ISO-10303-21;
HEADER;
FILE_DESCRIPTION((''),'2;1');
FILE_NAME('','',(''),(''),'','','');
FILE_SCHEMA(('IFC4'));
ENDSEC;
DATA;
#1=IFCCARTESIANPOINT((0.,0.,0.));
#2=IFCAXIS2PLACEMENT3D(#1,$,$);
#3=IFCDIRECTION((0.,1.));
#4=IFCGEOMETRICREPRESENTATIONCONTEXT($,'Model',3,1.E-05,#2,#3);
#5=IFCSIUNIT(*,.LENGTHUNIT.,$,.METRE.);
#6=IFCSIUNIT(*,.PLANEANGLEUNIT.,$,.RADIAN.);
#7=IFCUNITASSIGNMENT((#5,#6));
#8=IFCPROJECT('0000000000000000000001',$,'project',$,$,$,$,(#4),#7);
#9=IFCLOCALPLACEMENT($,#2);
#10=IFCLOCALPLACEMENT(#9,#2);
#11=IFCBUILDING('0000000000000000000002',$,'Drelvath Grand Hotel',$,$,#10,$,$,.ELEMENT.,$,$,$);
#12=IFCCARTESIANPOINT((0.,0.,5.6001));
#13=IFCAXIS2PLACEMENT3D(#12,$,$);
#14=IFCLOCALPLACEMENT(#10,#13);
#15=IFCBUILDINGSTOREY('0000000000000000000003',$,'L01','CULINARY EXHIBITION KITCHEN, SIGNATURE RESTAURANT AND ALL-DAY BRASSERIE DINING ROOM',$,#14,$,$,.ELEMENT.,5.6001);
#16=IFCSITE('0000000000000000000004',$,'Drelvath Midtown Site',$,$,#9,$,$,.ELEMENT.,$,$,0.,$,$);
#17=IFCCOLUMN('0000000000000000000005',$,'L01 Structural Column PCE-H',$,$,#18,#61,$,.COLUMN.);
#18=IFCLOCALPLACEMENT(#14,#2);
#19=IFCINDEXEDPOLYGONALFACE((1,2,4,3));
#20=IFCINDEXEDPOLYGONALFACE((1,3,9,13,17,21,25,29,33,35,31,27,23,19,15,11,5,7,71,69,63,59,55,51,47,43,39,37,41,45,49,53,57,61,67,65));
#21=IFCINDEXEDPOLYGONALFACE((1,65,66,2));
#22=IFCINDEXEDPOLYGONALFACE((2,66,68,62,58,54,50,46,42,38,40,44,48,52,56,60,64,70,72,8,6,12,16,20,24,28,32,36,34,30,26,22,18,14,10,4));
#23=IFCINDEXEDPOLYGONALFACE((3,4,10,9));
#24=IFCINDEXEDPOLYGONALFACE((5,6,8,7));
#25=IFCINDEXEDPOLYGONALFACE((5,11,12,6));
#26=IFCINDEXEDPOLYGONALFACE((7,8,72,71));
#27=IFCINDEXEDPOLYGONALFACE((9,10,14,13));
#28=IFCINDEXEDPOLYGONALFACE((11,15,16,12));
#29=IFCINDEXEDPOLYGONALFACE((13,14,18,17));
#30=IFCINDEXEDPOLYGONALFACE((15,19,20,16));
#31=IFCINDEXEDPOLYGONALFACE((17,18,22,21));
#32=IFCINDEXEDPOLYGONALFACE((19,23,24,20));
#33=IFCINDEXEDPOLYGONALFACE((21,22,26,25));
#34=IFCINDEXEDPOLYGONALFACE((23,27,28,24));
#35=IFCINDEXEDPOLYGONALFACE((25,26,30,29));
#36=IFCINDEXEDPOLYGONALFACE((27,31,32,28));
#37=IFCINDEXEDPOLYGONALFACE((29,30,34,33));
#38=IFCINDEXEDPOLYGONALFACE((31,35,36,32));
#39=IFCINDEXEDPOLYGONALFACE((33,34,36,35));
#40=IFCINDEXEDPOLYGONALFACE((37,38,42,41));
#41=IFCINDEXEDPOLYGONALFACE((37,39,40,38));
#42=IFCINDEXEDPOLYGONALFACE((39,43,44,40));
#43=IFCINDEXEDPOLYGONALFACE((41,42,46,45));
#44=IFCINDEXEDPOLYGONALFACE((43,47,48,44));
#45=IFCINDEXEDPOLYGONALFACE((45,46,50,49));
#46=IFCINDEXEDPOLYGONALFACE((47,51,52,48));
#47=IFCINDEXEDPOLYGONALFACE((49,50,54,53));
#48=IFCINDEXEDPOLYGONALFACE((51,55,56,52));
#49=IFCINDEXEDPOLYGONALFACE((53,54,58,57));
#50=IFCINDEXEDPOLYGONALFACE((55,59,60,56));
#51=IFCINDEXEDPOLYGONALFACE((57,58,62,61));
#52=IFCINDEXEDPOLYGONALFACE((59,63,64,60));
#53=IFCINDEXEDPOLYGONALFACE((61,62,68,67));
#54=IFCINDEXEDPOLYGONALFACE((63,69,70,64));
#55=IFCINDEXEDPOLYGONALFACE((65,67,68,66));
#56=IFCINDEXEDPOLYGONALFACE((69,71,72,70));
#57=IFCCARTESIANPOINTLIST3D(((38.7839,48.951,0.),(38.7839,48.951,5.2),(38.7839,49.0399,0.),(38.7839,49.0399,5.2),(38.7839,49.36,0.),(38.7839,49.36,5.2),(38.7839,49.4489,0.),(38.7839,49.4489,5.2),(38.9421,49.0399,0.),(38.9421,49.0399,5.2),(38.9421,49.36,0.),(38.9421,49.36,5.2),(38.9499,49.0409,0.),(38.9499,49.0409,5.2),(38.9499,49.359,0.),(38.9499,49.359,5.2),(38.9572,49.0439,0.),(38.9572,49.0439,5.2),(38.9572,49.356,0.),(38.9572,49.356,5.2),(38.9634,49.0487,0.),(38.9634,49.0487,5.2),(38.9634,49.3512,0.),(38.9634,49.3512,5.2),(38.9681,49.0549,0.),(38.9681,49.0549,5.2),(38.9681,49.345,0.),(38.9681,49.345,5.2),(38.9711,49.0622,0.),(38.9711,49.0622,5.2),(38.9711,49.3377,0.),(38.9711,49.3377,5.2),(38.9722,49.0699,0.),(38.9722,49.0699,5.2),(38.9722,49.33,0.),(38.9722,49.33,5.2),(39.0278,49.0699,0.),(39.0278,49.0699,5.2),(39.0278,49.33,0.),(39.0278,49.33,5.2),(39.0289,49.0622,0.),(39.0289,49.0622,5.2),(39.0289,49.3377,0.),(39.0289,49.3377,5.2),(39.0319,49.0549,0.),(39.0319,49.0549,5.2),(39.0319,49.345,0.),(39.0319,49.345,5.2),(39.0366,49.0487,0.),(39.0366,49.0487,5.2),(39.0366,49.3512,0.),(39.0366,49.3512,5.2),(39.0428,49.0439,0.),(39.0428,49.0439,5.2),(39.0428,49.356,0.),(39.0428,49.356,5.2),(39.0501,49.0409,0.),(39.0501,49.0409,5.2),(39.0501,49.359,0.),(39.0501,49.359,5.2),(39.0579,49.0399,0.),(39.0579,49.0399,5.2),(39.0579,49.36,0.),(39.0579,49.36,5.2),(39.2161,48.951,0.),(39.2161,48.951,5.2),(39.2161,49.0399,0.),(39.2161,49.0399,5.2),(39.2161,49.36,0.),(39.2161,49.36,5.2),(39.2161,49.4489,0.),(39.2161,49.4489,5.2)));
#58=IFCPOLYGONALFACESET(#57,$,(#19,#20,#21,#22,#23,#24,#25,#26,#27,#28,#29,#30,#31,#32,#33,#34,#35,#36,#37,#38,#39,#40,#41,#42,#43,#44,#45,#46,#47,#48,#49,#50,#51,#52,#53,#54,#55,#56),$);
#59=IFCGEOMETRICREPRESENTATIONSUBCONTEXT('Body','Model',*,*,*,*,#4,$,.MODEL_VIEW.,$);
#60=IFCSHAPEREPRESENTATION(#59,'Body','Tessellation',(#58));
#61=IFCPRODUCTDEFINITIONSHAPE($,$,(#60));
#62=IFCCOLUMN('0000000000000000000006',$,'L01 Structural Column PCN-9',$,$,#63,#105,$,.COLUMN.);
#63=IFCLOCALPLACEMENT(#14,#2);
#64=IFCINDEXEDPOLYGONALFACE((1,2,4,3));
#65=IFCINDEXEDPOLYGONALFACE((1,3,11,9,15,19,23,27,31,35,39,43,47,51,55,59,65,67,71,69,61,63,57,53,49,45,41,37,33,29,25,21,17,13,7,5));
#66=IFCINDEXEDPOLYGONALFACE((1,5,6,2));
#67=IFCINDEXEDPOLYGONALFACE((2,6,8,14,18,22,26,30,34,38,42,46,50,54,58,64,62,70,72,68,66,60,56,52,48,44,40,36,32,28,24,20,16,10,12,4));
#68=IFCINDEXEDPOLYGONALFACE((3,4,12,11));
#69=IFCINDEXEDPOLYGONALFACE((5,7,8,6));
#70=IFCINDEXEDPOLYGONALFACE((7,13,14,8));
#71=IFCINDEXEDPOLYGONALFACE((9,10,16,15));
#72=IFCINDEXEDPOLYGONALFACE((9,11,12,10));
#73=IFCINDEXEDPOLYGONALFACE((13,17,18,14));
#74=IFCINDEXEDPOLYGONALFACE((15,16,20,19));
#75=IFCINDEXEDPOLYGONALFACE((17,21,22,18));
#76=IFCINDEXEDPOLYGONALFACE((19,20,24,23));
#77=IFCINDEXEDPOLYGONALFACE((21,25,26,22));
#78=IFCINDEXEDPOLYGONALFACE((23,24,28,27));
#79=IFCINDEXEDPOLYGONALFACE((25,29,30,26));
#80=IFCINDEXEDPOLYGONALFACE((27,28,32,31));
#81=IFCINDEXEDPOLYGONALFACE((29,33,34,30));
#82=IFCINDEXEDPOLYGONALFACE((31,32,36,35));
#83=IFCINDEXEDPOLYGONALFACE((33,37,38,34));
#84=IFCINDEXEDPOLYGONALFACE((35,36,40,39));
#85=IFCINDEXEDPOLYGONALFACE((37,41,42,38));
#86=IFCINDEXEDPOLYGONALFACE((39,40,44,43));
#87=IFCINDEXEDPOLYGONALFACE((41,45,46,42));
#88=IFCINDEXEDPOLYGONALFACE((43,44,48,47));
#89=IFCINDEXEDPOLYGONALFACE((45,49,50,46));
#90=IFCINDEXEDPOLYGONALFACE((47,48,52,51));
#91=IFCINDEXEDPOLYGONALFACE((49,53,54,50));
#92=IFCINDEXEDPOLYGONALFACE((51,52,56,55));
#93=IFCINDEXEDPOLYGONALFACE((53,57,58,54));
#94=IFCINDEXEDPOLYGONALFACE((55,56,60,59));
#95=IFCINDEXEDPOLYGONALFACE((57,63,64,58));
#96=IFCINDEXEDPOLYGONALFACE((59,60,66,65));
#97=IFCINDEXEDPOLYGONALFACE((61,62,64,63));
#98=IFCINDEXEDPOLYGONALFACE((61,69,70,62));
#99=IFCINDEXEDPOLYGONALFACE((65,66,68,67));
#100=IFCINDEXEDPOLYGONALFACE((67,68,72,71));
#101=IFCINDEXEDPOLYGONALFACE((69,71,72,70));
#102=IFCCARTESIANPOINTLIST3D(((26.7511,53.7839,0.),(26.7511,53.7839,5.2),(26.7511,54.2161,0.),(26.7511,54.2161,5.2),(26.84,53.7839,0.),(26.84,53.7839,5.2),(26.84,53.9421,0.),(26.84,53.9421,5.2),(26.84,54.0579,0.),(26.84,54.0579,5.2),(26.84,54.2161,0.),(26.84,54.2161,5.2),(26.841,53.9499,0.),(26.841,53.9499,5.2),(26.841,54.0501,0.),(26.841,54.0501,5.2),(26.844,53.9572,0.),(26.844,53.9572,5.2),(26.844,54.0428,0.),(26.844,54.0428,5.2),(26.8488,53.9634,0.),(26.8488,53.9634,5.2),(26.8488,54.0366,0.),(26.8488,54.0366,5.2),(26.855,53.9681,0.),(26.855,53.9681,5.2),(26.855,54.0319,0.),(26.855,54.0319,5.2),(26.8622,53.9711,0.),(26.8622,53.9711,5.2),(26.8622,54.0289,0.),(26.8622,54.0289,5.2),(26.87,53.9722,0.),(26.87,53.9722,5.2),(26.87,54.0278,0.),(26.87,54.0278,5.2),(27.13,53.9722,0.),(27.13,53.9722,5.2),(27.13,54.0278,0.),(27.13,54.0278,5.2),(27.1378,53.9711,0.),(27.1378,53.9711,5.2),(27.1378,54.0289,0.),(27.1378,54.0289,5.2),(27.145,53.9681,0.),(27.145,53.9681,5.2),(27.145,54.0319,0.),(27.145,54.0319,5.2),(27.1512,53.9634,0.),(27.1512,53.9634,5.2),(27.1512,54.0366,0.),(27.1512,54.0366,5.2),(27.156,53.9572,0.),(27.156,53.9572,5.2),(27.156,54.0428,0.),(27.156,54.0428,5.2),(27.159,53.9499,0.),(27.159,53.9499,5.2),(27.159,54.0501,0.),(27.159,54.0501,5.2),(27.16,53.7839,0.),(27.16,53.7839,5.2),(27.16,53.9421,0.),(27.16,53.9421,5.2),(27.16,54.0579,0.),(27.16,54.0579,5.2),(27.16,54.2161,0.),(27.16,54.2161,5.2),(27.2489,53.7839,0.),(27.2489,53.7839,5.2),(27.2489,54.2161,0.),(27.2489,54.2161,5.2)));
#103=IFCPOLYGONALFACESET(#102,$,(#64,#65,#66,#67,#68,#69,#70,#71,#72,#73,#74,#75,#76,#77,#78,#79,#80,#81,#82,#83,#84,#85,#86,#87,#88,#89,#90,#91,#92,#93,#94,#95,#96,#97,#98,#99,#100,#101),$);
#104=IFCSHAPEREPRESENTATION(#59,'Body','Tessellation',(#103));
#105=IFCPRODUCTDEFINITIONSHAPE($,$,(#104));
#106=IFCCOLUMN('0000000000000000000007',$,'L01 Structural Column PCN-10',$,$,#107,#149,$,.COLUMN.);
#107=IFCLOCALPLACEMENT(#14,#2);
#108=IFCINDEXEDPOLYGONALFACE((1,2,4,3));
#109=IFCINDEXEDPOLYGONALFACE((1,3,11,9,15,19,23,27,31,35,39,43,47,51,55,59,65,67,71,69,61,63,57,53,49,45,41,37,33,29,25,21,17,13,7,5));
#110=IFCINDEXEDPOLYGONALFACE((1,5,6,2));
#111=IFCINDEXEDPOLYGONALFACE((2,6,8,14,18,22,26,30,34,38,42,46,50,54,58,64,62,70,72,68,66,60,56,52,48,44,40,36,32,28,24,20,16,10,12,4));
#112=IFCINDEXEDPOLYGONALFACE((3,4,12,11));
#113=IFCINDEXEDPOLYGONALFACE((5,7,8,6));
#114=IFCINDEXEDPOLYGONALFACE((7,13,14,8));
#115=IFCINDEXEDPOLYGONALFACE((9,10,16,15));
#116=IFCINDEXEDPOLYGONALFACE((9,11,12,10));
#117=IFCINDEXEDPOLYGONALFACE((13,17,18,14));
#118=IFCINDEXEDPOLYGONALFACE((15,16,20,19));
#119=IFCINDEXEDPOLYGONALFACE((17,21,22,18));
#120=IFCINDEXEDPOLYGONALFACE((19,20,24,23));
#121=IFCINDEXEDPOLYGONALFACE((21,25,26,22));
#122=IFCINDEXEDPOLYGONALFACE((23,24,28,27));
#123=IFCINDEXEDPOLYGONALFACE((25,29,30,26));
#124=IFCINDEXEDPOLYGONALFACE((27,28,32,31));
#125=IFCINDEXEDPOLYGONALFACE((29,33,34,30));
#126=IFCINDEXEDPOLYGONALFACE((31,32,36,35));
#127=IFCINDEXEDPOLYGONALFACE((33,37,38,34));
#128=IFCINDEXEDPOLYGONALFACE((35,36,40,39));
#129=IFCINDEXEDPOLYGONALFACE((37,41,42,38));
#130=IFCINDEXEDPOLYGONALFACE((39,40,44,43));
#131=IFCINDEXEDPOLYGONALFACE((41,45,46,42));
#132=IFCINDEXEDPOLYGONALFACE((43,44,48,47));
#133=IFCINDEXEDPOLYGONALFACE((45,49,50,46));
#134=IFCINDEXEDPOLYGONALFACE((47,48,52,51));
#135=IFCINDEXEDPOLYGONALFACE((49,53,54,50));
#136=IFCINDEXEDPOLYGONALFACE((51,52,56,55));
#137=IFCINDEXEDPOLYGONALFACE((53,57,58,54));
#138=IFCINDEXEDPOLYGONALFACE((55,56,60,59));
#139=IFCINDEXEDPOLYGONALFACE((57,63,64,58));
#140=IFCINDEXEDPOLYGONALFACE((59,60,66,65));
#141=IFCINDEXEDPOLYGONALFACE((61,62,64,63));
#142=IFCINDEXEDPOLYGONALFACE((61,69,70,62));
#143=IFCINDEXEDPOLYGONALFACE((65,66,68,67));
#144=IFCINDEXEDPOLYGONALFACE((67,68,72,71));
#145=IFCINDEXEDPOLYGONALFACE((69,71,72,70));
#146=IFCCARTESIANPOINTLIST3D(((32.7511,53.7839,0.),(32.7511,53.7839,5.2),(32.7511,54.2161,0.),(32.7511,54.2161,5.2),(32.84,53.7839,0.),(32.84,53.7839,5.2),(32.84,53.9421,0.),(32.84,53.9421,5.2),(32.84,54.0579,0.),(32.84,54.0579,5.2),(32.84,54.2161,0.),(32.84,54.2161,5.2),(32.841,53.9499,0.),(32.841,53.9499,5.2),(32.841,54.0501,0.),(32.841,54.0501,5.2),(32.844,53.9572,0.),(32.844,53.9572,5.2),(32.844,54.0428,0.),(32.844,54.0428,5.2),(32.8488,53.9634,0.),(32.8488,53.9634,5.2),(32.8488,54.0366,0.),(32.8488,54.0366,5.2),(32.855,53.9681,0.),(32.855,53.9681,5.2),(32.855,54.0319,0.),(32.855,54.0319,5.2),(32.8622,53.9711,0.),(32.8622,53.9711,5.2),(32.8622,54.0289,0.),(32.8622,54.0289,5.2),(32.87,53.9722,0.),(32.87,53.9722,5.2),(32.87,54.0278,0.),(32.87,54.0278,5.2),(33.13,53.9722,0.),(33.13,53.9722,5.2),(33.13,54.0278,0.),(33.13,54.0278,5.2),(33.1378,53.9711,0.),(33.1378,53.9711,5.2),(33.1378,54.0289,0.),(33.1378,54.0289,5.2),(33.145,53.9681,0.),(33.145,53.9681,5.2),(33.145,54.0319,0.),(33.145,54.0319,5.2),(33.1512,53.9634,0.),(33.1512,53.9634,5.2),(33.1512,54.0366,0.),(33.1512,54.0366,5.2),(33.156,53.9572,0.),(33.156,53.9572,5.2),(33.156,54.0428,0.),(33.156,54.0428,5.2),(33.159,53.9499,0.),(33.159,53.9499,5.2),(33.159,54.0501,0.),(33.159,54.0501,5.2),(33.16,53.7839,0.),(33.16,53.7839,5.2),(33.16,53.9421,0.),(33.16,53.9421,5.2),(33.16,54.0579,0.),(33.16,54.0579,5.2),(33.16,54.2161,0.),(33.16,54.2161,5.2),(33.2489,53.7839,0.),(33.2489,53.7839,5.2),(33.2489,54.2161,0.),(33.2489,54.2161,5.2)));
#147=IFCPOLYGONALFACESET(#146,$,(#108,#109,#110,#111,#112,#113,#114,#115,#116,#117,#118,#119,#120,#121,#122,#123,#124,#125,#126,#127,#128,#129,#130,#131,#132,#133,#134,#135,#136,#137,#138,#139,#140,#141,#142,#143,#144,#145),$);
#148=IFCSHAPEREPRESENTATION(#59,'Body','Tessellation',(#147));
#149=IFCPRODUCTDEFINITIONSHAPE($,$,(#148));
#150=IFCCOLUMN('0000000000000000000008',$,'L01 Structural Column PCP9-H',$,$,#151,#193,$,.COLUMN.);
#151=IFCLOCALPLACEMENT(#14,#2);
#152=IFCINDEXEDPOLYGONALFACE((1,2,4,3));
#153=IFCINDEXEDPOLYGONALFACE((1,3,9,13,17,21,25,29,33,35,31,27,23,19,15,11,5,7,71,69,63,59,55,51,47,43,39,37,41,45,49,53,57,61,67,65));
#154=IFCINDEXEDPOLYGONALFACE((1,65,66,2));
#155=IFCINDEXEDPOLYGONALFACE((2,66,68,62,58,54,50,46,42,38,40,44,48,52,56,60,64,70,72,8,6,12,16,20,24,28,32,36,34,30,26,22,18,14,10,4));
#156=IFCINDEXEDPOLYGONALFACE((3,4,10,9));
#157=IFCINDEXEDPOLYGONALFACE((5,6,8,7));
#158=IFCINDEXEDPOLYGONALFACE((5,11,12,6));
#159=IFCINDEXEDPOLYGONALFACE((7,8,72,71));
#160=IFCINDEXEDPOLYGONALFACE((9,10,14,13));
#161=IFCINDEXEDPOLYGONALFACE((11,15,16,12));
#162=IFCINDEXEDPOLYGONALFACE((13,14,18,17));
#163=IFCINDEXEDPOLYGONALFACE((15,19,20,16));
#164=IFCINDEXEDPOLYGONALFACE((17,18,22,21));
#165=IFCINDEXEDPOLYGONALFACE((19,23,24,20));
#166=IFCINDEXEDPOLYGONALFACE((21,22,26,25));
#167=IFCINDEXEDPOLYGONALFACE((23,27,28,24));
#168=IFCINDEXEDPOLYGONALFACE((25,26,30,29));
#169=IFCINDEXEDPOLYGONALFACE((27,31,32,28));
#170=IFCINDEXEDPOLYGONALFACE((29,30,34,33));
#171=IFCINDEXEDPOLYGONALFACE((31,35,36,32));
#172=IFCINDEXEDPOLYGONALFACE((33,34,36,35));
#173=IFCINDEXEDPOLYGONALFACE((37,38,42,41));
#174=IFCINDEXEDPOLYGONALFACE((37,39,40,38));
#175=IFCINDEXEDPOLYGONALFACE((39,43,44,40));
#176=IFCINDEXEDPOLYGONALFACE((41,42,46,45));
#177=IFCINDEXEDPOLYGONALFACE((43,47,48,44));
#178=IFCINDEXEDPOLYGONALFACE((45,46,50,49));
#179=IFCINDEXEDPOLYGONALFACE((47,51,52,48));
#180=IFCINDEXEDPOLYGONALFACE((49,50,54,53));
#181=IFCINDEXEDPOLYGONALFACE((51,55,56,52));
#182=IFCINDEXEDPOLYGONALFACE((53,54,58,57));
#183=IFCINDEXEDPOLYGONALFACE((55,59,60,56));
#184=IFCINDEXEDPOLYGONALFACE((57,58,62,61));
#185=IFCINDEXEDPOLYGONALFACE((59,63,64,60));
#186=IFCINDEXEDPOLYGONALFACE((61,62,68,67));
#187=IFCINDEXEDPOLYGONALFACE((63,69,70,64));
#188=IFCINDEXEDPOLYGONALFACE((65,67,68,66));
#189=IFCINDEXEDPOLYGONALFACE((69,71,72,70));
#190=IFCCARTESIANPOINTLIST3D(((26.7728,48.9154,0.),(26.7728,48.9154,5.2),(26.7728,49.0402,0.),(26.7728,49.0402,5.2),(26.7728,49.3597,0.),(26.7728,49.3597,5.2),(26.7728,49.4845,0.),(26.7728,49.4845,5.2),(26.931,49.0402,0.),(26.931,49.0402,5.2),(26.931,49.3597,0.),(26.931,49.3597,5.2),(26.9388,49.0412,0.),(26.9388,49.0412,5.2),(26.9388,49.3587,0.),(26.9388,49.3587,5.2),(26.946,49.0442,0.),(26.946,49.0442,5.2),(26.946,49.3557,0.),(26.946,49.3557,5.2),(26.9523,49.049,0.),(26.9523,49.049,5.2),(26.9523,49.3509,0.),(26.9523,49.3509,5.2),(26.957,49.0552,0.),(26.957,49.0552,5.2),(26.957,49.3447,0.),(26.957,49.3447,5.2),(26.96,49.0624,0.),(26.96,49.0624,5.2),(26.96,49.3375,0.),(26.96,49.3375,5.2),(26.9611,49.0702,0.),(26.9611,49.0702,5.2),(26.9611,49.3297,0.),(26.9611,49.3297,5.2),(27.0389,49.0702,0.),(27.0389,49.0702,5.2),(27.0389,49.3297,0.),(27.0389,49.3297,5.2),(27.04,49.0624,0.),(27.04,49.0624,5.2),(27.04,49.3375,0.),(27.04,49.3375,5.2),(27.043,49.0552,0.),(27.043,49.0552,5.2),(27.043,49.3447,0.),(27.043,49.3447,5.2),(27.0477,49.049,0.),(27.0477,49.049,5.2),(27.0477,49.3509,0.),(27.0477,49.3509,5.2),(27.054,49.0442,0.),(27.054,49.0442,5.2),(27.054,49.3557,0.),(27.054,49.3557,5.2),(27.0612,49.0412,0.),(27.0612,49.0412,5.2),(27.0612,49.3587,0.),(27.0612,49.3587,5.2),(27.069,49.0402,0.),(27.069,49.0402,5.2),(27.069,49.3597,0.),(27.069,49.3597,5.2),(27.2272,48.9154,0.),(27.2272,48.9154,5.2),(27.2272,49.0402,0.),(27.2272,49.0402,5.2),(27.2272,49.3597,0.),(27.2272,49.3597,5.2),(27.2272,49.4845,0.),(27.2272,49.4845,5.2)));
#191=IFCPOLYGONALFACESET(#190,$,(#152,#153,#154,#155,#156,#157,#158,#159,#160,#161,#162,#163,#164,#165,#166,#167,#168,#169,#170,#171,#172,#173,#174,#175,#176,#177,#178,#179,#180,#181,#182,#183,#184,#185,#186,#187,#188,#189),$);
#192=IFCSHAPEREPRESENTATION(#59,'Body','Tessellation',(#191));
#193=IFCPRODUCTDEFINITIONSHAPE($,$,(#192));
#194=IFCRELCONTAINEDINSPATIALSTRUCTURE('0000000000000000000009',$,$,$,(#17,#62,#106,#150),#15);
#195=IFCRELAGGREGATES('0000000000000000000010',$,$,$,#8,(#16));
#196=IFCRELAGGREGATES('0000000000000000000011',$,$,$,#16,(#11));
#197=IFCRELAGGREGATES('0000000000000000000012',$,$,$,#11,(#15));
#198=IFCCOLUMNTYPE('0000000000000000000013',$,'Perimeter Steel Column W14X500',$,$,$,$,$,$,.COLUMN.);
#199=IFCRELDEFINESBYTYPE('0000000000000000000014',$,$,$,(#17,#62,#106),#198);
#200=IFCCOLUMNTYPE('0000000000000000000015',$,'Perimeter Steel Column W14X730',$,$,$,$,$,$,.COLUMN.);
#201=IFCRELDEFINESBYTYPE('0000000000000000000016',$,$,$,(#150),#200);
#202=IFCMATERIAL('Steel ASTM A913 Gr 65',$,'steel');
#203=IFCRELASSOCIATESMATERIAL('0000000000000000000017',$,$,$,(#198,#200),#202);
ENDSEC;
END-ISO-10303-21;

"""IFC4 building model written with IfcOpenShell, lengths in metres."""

from ifc_helpers import new_model, si_unit, direction, frame, origin, origin_2d, place, context, subcontext, project, spatial, i_section, extrude, material, material_profile, profile_set, type_object, element, save


model = new_model("IFC4")

# Units and contexts
model_context = context("Model", 3, precision=1e-05, world=origin(), true_north=direction((0.0, 1.0)))
body_context = subcontext(model_context, "Body", "Model", "MODEL_VIEW")
ifc_project = project(units=[si_unit("LENGTHUNIT", "METRE"), si_unit("PLANEANGLEUNIT", "RADIAN")], contexts=[model_context])

# Site, building, storey
site_placement = place(None, origin())
site = spatial("IfcSite", under=ifc_project, at=site_placement, Name="Drelvath Midtown Site", CompositionType="ELEMENT", RefElevation=0.0)
building_placement = place(site_placement, origin())
building = spatial("IfcBuilding", under=site, at=building_placement, Name="Drelvath Grand Hotel", CompositionType="ELEMENT")
storey_placement = place(building_placement, frame((0.0, 0.0, 5.6001)))
storey = spatial("IfcBuildingStorey", under=building, at=storey_placement, Name="L01", Description="CULINARY EXHIBITION KITCHEN, SIGNATURE RESTAURANT AND ALL-DAY BRASSERIE DINING ROOM", CompositionType="ELEMENT", Elevation=5.6001)

# Columns
ifc_material_1 = material(Name="Steel ASTM A913 Gr 65", Category="steel")
ifc_material_profile_1 = material_profile(ifc_material_1, i_section(OverallWidth=0.4321, OverallDepth=0.4978, WebThickness=0.0557, FlangeThickness=0.0889, FilletRadius=0.03, at=origin_2d()), Name="W14X500")
ifc_profile_set_1 = profile_set([ifc_material_profile_1], Name="Steel ASTM A913 Gr 65")
column_type_1 = type_object("IfcColumnType", Name="Perimeter Steel Column W14X500", PredefinedType="COLUMN", material=ifc_profile_set_1)
for number, where, z_axis, x_axis, name in (
    (1, (39.0, 49.2, 0.0), (0.0, 0.0, 1.0), (1.0, 0.0, 0.0), "L01 Structural Column PCE-H"),
    (2, (27.0, 54.0, 0.0), (0.0, 0.0, 1.0), (0.0, 1.0, 0.0), "L01 Structural Column PCN-9"),
    (3, (33.0, 54.0, 0.0), (0.0, 0.0, 1.0), (0.0, 1.0, 0.0), "L01 Structural Column PCN-10"),
):
    element("IfcColumn", number, at=place(storey_placement, frame(where, z_axis=z_axis, x_axis=x_axis)), inside=storey, type_object=column_type_1, Name=name, PredefinedType="COLUMN", context=body_context, shape_type="SweptSolid", body=[
        extrude(i_section(OverallWidth=0.4321, OverallDepth=0.4978, WebThickness=0.0557, FlangeThickness=0.0889, FilletRadius=0.03, at=origin_2d()), origin(), (0.0, 0.0, 1.0), 5.2),
    ])
ifc_material_profile_2 = material_profile(ifc_material_1, i_section(OverallWidth=0.4543, OverallDepth=0.5691, WebThickness=0.0779, FlangeThickness=0.1248, FilletRadius=0.03, at=origin_2d()), Name="W14X730")
ifc_profile_set_2 = profile_set([ifc_material_profile_2], Name="Steel ASTM A913 Gr 65")
column_type_2 = type_object("IfcColumnType", Name="Perimeter Steel Column W14X730", PredefinedType="COLUMN", material=ifc_profile_set_2)
column_placement = place(storey_placement, frame((27.0, 49.2, 0.0), z_axis=(0.0, 0.0, 1.0), x_axis=(1.0, 0.0, 0.0)))
element("IfcColumn", 4, at=column_placement, inside=storey, type_object=column_type_2, Name="L01 Structural Column PCP9-H", PredefinedType="COLUMN", context=body_context, shape_type="SweptSolid", body=[
    extrude(i_section(OverallWidth=0.4543, OverallDepth=0.5691, WebThickness=0.0779, FlangeThickness=0.1248, FilletRadius=0.03, at=origin_2d()), origin(), (0.0, 0.0, 1.0), 5.2),
])

save(model, "model.ifc")
